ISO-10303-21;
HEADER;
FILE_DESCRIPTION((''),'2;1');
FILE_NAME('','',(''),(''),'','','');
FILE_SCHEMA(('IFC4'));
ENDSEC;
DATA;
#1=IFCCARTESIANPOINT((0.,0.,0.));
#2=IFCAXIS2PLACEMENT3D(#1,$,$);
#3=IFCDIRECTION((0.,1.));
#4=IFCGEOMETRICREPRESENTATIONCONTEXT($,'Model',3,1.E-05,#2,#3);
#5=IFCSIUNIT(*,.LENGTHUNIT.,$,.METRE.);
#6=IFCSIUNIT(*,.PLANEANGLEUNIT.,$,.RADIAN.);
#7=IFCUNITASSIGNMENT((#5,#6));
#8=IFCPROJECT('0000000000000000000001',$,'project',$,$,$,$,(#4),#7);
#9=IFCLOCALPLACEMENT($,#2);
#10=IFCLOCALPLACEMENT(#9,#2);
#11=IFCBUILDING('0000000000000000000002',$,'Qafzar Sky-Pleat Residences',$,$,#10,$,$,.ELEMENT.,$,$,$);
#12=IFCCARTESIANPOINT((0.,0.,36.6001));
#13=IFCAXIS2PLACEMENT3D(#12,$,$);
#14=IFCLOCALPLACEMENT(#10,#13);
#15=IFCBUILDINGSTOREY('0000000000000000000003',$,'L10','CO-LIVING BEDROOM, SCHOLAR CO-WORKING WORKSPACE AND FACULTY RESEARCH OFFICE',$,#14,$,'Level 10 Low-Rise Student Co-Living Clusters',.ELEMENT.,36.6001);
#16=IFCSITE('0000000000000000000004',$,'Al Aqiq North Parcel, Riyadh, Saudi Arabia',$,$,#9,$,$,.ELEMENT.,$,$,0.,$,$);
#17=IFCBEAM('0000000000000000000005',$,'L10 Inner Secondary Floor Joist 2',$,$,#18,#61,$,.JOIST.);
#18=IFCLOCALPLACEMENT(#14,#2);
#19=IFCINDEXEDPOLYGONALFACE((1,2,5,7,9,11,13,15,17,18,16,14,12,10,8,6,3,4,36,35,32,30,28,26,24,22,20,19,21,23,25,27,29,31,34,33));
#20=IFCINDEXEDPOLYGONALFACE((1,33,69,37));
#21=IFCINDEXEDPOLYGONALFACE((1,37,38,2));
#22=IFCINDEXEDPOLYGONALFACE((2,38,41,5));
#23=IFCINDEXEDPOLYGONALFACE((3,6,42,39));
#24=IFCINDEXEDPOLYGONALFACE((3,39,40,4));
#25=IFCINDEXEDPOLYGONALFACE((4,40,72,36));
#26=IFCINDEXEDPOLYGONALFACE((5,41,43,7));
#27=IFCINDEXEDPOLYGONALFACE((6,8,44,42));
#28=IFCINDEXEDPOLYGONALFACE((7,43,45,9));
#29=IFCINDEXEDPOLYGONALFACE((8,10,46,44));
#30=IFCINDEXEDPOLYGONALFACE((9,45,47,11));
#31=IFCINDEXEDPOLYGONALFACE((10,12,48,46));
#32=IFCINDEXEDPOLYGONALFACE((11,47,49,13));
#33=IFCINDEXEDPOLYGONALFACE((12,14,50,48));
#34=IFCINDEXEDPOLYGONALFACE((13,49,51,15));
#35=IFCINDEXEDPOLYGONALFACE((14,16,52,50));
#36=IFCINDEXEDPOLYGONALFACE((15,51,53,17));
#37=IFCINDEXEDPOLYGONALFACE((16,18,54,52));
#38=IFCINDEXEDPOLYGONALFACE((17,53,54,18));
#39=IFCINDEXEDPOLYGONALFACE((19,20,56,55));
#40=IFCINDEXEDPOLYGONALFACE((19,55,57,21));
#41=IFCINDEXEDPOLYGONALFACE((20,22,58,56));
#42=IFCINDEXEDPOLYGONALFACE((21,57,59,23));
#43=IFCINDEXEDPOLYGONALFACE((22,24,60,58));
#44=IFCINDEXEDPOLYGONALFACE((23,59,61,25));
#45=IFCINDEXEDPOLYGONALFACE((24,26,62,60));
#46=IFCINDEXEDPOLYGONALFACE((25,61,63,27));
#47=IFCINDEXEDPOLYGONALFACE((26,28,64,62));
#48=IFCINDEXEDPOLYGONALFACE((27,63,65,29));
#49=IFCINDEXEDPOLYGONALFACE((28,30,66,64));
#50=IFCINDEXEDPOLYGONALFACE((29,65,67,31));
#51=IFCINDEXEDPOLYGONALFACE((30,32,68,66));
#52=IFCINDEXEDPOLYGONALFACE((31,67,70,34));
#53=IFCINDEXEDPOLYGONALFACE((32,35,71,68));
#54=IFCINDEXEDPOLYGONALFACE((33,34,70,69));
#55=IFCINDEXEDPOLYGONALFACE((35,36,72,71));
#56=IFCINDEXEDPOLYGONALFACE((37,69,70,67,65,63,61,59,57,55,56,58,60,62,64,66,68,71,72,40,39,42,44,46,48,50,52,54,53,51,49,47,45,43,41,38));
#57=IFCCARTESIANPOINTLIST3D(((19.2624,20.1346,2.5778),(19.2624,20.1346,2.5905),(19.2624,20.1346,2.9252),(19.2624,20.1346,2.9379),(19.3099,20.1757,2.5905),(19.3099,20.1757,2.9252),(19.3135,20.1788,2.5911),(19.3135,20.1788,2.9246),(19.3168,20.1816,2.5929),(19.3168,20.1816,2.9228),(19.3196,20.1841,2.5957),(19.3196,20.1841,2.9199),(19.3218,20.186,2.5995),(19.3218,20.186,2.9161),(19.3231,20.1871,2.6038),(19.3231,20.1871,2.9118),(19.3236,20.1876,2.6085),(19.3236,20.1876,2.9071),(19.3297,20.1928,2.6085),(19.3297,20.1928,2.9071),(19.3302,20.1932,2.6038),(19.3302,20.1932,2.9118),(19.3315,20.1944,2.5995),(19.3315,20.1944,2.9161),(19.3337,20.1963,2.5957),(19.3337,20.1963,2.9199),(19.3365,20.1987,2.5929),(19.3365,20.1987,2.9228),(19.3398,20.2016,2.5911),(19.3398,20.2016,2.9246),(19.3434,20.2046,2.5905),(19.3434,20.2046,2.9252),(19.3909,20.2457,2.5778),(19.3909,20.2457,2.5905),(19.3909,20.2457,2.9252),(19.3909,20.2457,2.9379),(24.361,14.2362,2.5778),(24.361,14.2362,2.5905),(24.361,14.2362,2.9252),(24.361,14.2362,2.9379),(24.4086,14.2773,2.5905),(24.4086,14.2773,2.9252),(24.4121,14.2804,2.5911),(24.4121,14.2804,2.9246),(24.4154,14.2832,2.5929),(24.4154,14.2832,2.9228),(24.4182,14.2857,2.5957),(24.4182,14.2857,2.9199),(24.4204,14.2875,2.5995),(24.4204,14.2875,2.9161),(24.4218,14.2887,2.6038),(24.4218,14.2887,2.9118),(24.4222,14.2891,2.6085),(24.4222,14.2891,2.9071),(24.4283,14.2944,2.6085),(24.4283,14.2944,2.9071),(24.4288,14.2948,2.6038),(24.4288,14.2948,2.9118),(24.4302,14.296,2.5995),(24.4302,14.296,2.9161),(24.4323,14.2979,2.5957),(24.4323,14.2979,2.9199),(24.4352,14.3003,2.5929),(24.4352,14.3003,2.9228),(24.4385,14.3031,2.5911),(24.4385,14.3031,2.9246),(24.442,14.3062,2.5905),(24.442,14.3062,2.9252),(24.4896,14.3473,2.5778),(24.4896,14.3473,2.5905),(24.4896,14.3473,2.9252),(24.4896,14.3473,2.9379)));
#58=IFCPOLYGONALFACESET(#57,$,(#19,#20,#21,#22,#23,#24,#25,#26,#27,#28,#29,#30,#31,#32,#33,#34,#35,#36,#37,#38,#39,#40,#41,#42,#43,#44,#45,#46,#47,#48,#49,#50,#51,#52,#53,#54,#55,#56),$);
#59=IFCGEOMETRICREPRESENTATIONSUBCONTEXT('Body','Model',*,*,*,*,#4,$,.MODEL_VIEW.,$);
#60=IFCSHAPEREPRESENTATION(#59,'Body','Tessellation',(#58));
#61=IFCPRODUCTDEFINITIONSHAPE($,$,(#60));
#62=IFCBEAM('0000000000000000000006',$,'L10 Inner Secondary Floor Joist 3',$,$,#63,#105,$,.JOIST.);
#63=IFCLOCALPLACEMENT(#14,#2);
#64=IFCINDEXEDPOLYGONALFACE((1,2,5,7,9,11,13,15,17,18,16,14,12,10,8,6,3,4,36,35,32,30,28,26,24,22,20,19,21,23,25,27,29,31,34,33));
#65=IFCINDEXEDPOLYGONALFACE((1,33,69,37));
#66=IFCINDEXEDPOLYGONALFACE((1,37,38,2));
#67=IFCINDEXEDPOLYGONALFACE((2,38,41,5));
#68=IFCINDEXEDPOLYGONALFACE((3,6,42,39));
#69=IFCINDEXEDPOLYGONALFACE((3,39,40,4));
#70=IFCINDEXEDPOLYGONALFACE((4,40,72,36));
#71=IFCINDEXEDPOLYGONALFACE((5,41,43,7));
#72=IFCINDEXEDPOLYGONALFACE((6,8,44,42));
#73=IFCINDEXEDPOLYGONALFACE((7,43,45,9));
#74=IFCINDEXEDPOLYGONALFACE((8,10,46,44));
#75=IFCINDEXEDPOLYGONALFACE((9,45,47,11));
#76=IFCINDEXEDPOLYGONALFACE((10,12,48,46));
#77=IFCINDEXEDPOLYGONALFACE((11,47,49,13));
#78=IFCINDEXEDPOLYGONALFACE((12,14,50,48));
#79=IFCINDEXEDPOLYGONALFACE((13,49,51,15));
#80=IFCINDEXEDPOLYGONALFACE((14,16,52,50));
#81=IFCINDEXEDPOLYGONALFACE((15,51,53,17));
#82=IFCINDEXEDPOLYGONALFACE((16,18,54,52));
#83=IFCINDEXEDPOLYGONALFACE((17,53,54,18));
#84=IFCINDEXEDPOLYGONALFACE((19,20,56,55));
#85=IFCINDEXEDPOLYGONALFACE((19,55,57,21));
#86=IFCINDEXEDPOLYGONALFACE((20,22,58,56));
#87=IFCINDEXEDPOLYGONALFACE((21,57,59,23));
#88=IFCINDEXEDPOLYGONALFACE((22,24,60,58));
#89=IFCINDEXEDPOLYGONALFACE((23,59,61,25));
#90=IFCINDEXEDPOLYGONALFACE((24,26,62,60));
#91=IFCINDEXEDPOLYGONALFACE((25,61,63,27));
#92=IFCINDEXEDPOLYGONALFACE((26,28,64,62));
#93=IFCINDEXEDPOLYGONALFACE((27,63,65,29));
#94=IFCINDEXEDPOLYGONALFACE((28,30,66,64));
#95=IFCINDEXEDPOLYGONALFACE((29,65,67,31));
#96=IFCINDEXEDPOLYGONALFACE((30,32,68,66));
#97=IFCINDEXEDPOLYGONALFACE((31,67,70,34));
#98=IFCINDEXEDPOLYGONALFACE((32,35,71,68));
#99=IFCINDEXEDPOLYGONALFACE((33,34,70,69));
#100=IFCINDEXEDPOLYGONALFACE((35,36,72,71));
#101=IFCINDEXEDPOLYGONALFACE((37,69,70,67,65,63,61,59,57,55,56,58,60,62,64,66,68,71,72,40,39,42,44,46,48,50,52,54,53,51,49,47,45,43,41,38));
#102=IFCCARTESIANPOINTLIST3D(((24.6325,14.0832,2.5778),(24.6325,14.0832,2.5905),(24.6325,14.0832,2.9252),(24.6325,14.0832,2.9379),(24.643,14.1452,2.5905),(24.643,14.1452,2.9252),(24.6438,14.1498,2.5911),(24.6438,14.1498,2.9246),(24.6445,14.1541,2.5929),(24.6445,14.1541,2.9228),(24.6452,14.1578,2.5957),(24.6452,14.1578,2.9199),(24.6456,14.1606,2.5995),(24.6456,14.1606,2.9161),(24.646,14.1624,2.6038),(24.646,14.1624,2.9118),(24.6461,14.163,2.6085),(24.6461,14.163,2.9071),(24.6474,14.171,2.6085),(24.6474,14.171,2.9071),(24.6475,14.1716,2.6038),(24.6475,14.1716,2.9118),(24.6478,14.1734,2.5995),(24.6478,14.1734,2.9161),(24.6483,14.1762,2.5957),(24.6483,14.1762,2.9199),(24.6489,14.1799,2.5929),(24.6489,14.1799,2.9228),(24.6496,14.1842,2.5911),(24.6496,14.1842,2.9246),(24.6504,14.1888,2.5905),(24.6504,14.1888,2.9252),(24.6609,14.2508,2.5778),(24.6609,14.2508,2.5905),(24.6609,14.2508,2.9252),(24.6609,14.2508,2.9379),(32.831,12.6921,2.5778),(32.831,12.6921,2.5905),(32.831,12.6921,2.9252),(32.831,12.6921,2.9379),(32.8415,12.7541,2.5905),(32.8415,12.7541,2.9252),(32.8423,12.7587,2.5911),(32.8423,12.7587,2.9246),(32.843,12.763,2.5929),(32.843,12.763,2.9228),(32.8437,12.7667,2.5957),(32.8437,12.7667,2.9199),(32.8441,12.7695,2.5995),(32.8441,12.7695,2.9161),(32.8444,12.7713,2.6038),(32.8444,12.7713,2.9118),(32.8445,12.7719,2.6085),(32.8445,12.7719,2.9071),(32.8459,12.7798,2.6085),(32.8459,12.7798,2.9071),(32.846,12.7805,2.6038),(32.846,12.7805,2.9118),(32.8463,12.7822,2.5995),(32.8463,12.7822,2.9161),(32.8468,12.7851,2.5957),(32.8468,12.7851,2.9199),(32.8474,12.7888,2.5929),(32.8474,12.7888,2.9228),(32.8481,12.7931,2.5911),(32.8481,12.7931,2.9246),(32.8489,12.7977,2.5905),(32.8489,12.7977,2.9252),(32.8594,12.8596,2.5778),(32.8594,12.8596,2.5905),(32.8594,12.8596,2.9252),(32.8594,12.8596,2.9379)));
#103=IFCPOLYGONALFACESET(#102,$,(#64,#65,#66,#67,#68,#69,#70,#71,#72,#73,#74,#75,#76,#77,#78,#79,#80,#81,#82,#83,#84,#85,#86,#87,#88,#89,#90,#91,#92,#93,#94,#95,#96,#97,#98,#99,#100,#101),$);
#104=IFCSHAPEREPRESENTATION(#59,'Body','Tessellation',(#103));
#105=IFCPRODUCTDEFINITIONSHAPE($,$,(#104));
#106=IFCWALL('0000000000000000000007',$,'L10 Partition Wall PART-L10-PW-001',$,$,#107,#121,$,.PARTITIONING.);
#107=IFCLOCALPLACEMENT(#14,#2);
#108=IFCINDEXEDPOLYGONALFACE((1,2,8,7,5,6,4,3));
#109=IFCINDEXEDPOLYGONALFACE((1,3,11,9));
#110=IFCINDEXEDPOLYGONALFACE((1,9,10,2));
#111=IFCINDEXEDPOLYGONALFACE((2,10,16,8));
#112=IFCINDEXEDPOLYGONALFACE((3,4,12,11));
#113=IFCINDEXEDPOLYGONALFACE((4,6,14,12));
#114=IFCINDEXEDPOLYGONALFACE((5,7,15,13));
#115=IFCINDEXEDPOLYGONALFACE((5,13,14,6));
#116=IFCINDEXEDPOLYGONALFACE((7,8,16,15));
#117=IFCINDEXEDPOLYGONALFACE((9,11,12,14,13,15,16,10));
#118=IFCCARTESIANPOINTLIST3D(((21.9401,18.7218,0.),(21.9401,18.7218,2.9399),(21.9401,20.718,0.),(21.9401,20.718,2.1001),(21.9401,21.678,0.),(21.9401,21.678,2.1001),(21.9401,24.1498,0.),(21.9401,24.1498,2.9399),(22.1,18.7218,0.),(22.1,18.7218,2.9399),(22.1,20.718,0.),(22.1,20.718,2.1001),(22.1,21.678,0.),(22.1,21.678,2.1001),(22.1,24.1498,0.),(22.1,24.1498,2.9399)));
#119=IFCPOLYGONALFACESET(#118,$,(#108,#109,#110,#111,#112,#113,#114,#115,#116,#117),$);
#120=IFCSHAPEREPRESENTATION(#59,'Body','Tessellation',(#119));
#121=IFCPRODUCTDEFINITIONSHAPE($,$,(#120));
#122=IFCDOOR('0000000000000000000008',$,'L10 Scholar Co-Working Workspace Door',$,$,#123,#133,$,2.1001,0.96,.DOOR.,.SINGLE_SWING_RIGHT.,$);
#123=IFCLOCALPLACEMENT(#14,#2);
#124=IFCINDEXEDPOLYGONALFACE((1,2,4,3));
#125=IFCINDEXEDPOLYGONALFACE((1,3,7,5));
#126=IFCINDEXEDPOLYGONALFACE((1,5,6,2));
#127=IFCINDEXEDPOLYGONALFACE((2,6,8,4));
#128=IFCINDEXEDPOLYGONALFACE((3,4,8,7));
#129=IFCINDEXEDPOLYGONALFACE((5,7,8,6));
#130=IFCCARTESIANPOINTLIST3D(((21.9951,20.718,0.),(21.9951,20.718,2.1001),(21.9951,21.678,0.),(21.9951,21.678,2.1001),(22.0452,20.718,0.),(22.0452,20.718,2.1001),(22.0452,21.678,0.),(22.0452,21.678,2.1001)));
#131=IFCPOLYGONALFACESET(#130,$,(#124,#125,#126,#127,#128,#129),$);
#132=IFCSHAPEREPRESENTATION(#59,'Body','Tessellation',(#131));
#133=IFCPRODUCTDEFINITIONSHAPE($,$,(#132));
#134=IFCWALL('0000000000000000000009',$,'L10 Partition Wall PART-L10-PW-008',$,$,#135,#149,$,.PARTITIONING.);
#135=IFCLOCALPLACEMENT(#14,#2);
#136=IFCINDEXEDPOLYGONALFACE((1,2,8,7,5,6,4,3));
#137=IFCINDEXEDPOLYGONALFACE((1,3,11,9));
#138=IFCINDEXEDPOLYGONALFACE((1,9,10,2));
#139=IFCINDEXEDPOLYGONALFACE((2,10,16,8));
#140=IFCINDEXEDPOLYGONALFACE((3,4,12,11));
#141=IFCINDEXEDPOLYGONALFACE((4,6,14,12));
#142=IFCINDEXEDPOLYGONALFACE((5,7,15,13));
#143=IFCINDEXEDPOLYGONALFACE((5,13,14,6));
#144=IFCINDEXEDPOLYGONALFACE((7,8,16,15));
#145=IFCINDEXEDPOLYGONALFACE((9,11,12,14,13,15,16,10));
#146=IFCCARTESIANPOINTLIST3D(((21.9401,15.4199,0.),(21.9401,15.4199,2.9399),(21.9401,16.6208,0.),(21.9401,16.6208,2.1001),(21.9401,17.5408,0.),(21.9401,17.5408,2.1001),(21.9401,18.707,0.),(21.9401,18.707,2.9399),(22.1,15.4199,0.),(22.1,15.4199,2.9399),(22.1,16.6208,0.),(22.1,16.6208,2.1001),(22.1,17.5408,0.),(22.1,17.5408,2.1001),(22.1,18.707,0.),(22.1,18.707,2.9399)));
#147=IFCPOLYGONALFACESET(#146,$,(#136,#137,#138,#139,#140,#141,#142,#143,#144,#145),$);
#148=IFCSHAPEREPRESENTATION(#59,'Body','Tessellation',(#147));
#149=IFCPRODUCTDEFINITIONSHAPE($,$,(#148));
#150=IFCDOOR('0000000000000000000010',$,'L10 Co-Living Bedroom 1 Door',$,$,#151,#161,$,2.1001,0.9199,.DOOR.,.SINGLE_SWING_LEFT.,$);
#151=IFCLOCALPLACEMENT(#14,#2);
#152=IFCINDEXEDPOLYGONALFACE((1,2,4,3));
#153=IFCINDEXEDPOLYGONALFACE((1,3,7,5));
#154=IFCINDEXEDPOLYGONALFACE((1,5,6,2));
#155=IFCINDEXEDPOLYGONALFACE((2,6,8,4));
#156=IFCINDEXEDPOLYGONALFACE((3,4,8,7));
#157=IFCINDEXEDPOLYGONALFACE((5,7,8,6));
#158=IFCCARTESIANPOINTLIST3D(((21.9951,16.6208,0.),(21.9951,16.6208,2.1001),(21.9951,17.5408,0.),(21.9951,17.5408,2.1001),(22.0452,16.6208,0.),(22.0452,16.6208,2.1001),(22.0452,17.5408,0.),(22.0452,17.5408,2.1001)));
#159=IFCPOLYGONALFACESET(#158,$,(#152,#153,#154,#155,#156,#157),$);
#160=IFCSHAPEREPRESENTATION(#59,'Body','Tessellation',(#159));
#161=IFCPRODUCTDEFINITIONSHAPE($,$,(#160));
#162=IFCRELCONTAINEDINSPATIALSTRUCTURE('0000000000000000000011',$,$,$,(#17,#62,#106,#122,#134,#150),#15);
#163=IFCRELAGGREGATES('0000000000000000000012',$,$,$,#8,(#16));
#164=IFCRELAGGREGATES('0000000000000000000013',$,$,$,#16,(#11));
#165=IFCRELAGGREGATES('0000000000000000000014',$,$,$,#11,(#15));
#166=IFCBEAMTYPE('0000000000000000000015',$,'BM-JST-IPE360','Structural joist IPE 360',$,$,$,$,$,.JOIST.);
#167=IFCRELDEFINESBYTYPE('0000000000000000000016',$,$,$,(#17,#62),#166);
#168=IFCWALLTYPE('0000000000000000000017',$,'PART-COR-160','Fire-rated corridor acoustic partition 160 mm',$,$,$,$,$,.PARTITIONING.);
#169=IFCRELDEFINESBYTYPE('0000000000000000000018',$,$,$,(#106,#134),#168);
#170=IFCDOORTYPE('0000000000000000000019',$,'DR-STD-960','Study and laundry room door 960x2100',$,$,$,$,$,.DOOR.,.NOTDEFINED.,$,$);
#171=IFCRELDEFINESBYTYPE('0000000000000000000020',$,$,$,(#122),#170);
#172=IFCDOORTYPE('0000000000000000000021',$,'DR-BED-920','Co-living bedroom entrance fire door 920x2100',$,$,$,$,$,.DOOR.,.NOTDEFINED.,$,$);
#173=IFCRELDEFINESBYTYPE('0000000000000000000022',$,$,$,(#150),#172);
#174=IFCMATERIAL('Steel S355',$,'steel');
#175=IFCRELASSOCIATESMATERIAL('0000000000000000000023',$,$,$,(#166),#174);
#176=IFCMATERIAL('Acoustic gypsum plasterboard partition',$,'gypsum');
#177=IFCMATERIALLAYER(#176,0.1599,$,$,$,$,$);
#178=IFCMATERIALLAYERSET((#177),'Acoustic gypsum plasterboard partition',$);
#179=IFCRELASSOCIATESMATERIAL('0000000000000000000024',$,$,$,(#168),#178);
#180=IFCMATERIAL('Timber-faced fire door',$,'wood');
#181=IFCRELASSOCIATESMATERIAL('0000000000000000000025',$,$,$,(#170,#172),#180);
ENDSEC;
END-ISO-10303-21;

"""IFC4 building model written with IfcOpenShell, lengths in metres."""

from ifc_helpers import new_model, si_unit, direction, frame, frame_2d, origin, origin_2d, place, context, subcontext, project, spatial, rectangle, i_section, extrude, source, transform, mapped, material, layer, layer_set, material_profile, profile_set, type_object, element, fill, save


model = new_model("IFC4")

# Units and contexts
model_context = context("Model", 3, precision=1e-05, world=origin(), true_north=direction((0.0, 1.0)))
body_context = subcontext(model_context, "Body", "Model", "MODEL_VIEW")
ifc_project = project(units=[si_unit("LENGTHUNIT", "METRE"), si_unit("PLANEANGLEUNIT", "RADIAN")], contexts=[model_context])

# Site, building, storey
site_placement = place(None, origin())
site = spatial("IfcSite", under=ifc_project, at=site_placement, Name="Al Aqiq North Parcel, Riyadh, Saudi Arabia", CompositionType="ELEMENT", RefElevation=0.0)
building_placement = place(site_placement, origin())
building = spatial("IfcBuilding", under=site, at=building_placement, Name="Qafzar Sky-Pleat Residences", CompositionType="ELEMENT")
storey_placement = place(building_placement, frame((0.0, 0.0, 36.6001)))
storey = spatial("IfcBuildingStorey", under=building, at=storey_placement, Name="L10", Description="CO-LIVING BEDROOM, SCHOLAR CO-WORKING WORKSPACE AND FACULTY RESEARCH OFFICE", LongName="Level 10 Low-Rise Student Co-Living Clusters", CompositionType="ELEMENT", Elevation=36.6001)

# Beams
ifc_material_1 = material(Name="Steel S355", Category="steel")
ifc_material_profile = material_profile(ifc_material_1, i_section(OverallWidth=0.1699, OverallDepth=0.3601, WebThickness=0.0081, FlangeThickness=0.0127, FilletRadius=0.0181, at=origin_2d()), Name="IPE 360")
ifc_profile_set = profile_set([ifc_material_profile], Name="Steel S355")
beam_type = type_object("IfcBeamType", Name="BM-JST-IPE360", Description="Structural joist IPE 360", PredefinedType="JOIST", material=ifc_profile_set)
shared_shape_1 = source(origin(), body_context, "Body", "SweptSolid", [
    extrude(i_section(OverallWidth=0.1699, OverallDepth=0.3601, WebThickness=0.0081, FlangeThickness=0.0127, FilletRadius=0.0181, at=origin_2d()), origin(), (0.0, 0.0, 1.0), 7.7966),
])
beam_1_placement = place(storey_placement, frame((19.3267, 20.1902, 2.7578), z_axis=(0.653952, -0.756536, 0.0), x_axis=(0.756536, 0.653952, 0.0)))
element("IfcBeam", 1, at=beam_1_placement, inside=storey, type_object=beam_type, Name="L10 Inner Secondary Floor Joist 2", PredefinedType="JOIST", context=body_context, shape_type="MappedRepresentation", body=[
    mapped(shared_shape_1, transform((0.0, 0.0, 0.0), x_axis=(1.0, 0.0, 0.0), y_axis=(0.0, 1.0, 0.0), z_axis=(0.0, 0.0, 1.0), scale=1.0)),
])
shared_shape_2 = source(origin(), body_context, "Body", "SweptSolid", [
    extrude(i_section(OverallWidth=0.1699, OverallDepth=0.3601, WebThickness=0.0081, FlangeThickness=0.0127, FilletRadius=0.0181, at=origin_2d()), origin(), (0.0, 0.0, 1.0), 8.3157),
])
beam_2_placement = place(storey_placement, frame((24.6467, 14.167, 2.7578), z_axis=(0.985908, -0.167288, 0.0), x_axis=(0.167288, 0.985908, 0.0)))
element("IfcBeam", 2, at=beam_2_placement, inside=storey, type_object=beam_type, Name="L10 Inner Secondary Floor Joist 3", PredefinedType="JOIST", context=body_context, shape_type="MappedRepresentation", body=[
    mapped(shared_shape_2, transform((0.0, 0.0, 0.0), x_axis=(1.0, 0.0, 0.0), y_axis=(0.0, 1.0, 0.0), z_axis=(0.0, 0.0, 1.0), scale=1.0)),
])

# Walls, openings, doors
ifc_material_2 = material(Name="Acoustic gypsum plasterboard partition", Category="gypsum")
ifc_layer_1 = layer(ifc_material_2, 0.1599)
ifc_layer_set_1 = layer_set([ifc_layer_1], Name="Acoustic gypsum plasterboard partition")
wall_type_1 = type_object("IfcWallType", Name="PART-COR-160", Description="Fire-rated corridor acoustic partition 160 mm", PredefinedType="PARTITIONING", material=ifc_layer_set_1)
wall_1_placement = place(storey_placement, frame((22.02, 18.7219, 0.0), z_axis=(0.0, 0.0, 1.0), x_axis=(0.0, 1.0, 0.0)))
wall_1 = element("IfcWall", 3, at=wall_1_placement, inside=storey, type_object=wall_type_1, Name="L10 Partition Wall PART-L10-PW-001", PredefinedType="PARTITIONING", context=body_context, shape_type="SweptSolid", body=[
    extrude(rectangle(XDim=5.428, YDim=0.1599, at=frame_2d((2.7139, 0.0))), origin(), (0.0, 0.0, 1.0), 2.9399),
])
opening_1_placement = place(wall_1_placement, frame((1.9961, 0.0, 0.0)))
opening_1 = element("IfcOpeningElement", 4, at=opening_1_placement, cuts=wall_1, PredefinedType="OPENING", context=body_context, shape_type="SweptSolid", body=[
    extrude(rectangle(XDim=0.96, YDim=2.1001, at=frame_2d((0.48, 1.05))), frame((0.0, 0.0898, 0.0), z_axis=(0.0, -1.0, 0.0), x_axis=(1.0, 0.0, 0.0)), (0.0, 0.0, 1.0), 0.1799),
])
ifc_material_3 = material(Name="Timber-faced fire door", Category="wood")
door_type_1 = type_object("IfcDoorType", Name="DR-STD-960", Description="Study and laundry room door 960x2100", OperationType="NOTDEFINED", PredefinedType="DOOR", material=ifc_material_3)
shared_shape_3 = source(origin(), body_context, "Body", "SweptSolid", [
    extrude(rectangle(XDim=0.96, YDim=2.1001, at=frame_2d((0.48, 1.05))), frame((0.0, 0.0249, 0.0), z_axis=(0.0, -1.0, 0.0), x_axis=(1.0, 0.0, 0.0)), (0.0, 0.0, 1.0), 0.05),
])
door_1_placement = place(opening_1_placement, origin())
door_1 = element("IfcDoor", 5, at=door_1_placement, inside=storey, type_object=door_type_1, Name="L10 Scholar Co-Working Workspace Door", OperationType="SINGLE_SWING_RIGHT", OverallHeight=2.1001, OverallWidth=0.96, PredefinedType="DOOR", context=body_context, shape_type="MappedRepresentation", body=[
    mapped(shared_shape_3, transform((0.0, 0.0, 0.0), x_axis=(1.0, 0.0, 0.0), y_axis=(0.0, 1.0, 0.0), z_axis=(0.0, 0.0, 1.0), scale=1.0)),
])
fill(opening_1, door_1)
wall_2_placement = place(storey_placement, frame((22.02, 15.4199, 0.0), z_axis=(0.0, 0.0, 1.0), x_axis=(0.0, 1.0, 0.0)))
wall_2 = element("IfcWall", 6, at=wall_2_placement, inside=storey, type_object=wall_type_1, Name="L10 Partition Wall PART-L10-PW-008", PredefinedType="PARTITIONING", context=body_context, shape_type="SweptSolid", body=[
    extrude(rectangle(XDim=3.2871, YDim=0.1599, at=frame_2d((1.6436, 0.0))), origin(), (0.0, 0.0, 1.0), 2.9399),
])
opening_2_placement = place(wall_2_placement, frame((1.2009, 0.0, 0.0)))
opening_2 = element("IfcOpeningElement", 7, at=opening_2_placement, cuts=wall_2, PredefinedType="OPENING", context=body_context, shape_type="SweptSolid", body=[
    extrude(rectangle(XDim=0.9199, YDim=2.1001, at=frame_2d((0.46, 1.05))), frame((0.0, 0.0898, 0.0), z_axis=(0.0, -1.0, 0.0), x_axis=(1.0, 0.0, 0.0)), (0.0, 0.0, 1.0), 0.1799),
])
door_type_2 = type_object("IfcDoorType", Name="DR-BED-920", Description="Co-living bedroom entrance fire door 920x2100", OperationType="NOTDEFINED", PredefinedType="DOOR", material=ifc_material_3)
shared_shape_4 = source(origin(), body_context, "Body", "SweptSolid", [
    extrude(rectangle(XDim=0.9199, YDim=2.1001, at=frame_2d((0.46, 1.05))), frame((0.0, 0.0249, 0.0), z_axis=(0.0, -1.0, 0.0), x_axis=(1.0, 0.0, 0.0)), (0.0, 0.0, 1.0), 0.05),
])
door_2_placement = place(opening_2_placement, origin())
door_2 = element("IfcDoor", 8, at=door_2_placement, inside=storey, type_object=door_type_2, Name="L10 Co-Living Bedroom 1 Door", OperationType="SINGLE_SWING_LEFT", OverallHeight=2.1001, OverallWidth=0.9199, PredefinedType="DOOR", context=body_context, shape_type="MappedRepresentation", body=[
    mapped(shared_shape_4, transform((0.0, 0.0, 0.0), x_axis=(1.0, 0.0, 0.0), y_axis=(0.0, 1.0, 0.0), z_axis=(0.0, 0.0, 1.0), scale=1.0)),
])
fill(opening_2, door_2)

save(model, "model.ifc")
